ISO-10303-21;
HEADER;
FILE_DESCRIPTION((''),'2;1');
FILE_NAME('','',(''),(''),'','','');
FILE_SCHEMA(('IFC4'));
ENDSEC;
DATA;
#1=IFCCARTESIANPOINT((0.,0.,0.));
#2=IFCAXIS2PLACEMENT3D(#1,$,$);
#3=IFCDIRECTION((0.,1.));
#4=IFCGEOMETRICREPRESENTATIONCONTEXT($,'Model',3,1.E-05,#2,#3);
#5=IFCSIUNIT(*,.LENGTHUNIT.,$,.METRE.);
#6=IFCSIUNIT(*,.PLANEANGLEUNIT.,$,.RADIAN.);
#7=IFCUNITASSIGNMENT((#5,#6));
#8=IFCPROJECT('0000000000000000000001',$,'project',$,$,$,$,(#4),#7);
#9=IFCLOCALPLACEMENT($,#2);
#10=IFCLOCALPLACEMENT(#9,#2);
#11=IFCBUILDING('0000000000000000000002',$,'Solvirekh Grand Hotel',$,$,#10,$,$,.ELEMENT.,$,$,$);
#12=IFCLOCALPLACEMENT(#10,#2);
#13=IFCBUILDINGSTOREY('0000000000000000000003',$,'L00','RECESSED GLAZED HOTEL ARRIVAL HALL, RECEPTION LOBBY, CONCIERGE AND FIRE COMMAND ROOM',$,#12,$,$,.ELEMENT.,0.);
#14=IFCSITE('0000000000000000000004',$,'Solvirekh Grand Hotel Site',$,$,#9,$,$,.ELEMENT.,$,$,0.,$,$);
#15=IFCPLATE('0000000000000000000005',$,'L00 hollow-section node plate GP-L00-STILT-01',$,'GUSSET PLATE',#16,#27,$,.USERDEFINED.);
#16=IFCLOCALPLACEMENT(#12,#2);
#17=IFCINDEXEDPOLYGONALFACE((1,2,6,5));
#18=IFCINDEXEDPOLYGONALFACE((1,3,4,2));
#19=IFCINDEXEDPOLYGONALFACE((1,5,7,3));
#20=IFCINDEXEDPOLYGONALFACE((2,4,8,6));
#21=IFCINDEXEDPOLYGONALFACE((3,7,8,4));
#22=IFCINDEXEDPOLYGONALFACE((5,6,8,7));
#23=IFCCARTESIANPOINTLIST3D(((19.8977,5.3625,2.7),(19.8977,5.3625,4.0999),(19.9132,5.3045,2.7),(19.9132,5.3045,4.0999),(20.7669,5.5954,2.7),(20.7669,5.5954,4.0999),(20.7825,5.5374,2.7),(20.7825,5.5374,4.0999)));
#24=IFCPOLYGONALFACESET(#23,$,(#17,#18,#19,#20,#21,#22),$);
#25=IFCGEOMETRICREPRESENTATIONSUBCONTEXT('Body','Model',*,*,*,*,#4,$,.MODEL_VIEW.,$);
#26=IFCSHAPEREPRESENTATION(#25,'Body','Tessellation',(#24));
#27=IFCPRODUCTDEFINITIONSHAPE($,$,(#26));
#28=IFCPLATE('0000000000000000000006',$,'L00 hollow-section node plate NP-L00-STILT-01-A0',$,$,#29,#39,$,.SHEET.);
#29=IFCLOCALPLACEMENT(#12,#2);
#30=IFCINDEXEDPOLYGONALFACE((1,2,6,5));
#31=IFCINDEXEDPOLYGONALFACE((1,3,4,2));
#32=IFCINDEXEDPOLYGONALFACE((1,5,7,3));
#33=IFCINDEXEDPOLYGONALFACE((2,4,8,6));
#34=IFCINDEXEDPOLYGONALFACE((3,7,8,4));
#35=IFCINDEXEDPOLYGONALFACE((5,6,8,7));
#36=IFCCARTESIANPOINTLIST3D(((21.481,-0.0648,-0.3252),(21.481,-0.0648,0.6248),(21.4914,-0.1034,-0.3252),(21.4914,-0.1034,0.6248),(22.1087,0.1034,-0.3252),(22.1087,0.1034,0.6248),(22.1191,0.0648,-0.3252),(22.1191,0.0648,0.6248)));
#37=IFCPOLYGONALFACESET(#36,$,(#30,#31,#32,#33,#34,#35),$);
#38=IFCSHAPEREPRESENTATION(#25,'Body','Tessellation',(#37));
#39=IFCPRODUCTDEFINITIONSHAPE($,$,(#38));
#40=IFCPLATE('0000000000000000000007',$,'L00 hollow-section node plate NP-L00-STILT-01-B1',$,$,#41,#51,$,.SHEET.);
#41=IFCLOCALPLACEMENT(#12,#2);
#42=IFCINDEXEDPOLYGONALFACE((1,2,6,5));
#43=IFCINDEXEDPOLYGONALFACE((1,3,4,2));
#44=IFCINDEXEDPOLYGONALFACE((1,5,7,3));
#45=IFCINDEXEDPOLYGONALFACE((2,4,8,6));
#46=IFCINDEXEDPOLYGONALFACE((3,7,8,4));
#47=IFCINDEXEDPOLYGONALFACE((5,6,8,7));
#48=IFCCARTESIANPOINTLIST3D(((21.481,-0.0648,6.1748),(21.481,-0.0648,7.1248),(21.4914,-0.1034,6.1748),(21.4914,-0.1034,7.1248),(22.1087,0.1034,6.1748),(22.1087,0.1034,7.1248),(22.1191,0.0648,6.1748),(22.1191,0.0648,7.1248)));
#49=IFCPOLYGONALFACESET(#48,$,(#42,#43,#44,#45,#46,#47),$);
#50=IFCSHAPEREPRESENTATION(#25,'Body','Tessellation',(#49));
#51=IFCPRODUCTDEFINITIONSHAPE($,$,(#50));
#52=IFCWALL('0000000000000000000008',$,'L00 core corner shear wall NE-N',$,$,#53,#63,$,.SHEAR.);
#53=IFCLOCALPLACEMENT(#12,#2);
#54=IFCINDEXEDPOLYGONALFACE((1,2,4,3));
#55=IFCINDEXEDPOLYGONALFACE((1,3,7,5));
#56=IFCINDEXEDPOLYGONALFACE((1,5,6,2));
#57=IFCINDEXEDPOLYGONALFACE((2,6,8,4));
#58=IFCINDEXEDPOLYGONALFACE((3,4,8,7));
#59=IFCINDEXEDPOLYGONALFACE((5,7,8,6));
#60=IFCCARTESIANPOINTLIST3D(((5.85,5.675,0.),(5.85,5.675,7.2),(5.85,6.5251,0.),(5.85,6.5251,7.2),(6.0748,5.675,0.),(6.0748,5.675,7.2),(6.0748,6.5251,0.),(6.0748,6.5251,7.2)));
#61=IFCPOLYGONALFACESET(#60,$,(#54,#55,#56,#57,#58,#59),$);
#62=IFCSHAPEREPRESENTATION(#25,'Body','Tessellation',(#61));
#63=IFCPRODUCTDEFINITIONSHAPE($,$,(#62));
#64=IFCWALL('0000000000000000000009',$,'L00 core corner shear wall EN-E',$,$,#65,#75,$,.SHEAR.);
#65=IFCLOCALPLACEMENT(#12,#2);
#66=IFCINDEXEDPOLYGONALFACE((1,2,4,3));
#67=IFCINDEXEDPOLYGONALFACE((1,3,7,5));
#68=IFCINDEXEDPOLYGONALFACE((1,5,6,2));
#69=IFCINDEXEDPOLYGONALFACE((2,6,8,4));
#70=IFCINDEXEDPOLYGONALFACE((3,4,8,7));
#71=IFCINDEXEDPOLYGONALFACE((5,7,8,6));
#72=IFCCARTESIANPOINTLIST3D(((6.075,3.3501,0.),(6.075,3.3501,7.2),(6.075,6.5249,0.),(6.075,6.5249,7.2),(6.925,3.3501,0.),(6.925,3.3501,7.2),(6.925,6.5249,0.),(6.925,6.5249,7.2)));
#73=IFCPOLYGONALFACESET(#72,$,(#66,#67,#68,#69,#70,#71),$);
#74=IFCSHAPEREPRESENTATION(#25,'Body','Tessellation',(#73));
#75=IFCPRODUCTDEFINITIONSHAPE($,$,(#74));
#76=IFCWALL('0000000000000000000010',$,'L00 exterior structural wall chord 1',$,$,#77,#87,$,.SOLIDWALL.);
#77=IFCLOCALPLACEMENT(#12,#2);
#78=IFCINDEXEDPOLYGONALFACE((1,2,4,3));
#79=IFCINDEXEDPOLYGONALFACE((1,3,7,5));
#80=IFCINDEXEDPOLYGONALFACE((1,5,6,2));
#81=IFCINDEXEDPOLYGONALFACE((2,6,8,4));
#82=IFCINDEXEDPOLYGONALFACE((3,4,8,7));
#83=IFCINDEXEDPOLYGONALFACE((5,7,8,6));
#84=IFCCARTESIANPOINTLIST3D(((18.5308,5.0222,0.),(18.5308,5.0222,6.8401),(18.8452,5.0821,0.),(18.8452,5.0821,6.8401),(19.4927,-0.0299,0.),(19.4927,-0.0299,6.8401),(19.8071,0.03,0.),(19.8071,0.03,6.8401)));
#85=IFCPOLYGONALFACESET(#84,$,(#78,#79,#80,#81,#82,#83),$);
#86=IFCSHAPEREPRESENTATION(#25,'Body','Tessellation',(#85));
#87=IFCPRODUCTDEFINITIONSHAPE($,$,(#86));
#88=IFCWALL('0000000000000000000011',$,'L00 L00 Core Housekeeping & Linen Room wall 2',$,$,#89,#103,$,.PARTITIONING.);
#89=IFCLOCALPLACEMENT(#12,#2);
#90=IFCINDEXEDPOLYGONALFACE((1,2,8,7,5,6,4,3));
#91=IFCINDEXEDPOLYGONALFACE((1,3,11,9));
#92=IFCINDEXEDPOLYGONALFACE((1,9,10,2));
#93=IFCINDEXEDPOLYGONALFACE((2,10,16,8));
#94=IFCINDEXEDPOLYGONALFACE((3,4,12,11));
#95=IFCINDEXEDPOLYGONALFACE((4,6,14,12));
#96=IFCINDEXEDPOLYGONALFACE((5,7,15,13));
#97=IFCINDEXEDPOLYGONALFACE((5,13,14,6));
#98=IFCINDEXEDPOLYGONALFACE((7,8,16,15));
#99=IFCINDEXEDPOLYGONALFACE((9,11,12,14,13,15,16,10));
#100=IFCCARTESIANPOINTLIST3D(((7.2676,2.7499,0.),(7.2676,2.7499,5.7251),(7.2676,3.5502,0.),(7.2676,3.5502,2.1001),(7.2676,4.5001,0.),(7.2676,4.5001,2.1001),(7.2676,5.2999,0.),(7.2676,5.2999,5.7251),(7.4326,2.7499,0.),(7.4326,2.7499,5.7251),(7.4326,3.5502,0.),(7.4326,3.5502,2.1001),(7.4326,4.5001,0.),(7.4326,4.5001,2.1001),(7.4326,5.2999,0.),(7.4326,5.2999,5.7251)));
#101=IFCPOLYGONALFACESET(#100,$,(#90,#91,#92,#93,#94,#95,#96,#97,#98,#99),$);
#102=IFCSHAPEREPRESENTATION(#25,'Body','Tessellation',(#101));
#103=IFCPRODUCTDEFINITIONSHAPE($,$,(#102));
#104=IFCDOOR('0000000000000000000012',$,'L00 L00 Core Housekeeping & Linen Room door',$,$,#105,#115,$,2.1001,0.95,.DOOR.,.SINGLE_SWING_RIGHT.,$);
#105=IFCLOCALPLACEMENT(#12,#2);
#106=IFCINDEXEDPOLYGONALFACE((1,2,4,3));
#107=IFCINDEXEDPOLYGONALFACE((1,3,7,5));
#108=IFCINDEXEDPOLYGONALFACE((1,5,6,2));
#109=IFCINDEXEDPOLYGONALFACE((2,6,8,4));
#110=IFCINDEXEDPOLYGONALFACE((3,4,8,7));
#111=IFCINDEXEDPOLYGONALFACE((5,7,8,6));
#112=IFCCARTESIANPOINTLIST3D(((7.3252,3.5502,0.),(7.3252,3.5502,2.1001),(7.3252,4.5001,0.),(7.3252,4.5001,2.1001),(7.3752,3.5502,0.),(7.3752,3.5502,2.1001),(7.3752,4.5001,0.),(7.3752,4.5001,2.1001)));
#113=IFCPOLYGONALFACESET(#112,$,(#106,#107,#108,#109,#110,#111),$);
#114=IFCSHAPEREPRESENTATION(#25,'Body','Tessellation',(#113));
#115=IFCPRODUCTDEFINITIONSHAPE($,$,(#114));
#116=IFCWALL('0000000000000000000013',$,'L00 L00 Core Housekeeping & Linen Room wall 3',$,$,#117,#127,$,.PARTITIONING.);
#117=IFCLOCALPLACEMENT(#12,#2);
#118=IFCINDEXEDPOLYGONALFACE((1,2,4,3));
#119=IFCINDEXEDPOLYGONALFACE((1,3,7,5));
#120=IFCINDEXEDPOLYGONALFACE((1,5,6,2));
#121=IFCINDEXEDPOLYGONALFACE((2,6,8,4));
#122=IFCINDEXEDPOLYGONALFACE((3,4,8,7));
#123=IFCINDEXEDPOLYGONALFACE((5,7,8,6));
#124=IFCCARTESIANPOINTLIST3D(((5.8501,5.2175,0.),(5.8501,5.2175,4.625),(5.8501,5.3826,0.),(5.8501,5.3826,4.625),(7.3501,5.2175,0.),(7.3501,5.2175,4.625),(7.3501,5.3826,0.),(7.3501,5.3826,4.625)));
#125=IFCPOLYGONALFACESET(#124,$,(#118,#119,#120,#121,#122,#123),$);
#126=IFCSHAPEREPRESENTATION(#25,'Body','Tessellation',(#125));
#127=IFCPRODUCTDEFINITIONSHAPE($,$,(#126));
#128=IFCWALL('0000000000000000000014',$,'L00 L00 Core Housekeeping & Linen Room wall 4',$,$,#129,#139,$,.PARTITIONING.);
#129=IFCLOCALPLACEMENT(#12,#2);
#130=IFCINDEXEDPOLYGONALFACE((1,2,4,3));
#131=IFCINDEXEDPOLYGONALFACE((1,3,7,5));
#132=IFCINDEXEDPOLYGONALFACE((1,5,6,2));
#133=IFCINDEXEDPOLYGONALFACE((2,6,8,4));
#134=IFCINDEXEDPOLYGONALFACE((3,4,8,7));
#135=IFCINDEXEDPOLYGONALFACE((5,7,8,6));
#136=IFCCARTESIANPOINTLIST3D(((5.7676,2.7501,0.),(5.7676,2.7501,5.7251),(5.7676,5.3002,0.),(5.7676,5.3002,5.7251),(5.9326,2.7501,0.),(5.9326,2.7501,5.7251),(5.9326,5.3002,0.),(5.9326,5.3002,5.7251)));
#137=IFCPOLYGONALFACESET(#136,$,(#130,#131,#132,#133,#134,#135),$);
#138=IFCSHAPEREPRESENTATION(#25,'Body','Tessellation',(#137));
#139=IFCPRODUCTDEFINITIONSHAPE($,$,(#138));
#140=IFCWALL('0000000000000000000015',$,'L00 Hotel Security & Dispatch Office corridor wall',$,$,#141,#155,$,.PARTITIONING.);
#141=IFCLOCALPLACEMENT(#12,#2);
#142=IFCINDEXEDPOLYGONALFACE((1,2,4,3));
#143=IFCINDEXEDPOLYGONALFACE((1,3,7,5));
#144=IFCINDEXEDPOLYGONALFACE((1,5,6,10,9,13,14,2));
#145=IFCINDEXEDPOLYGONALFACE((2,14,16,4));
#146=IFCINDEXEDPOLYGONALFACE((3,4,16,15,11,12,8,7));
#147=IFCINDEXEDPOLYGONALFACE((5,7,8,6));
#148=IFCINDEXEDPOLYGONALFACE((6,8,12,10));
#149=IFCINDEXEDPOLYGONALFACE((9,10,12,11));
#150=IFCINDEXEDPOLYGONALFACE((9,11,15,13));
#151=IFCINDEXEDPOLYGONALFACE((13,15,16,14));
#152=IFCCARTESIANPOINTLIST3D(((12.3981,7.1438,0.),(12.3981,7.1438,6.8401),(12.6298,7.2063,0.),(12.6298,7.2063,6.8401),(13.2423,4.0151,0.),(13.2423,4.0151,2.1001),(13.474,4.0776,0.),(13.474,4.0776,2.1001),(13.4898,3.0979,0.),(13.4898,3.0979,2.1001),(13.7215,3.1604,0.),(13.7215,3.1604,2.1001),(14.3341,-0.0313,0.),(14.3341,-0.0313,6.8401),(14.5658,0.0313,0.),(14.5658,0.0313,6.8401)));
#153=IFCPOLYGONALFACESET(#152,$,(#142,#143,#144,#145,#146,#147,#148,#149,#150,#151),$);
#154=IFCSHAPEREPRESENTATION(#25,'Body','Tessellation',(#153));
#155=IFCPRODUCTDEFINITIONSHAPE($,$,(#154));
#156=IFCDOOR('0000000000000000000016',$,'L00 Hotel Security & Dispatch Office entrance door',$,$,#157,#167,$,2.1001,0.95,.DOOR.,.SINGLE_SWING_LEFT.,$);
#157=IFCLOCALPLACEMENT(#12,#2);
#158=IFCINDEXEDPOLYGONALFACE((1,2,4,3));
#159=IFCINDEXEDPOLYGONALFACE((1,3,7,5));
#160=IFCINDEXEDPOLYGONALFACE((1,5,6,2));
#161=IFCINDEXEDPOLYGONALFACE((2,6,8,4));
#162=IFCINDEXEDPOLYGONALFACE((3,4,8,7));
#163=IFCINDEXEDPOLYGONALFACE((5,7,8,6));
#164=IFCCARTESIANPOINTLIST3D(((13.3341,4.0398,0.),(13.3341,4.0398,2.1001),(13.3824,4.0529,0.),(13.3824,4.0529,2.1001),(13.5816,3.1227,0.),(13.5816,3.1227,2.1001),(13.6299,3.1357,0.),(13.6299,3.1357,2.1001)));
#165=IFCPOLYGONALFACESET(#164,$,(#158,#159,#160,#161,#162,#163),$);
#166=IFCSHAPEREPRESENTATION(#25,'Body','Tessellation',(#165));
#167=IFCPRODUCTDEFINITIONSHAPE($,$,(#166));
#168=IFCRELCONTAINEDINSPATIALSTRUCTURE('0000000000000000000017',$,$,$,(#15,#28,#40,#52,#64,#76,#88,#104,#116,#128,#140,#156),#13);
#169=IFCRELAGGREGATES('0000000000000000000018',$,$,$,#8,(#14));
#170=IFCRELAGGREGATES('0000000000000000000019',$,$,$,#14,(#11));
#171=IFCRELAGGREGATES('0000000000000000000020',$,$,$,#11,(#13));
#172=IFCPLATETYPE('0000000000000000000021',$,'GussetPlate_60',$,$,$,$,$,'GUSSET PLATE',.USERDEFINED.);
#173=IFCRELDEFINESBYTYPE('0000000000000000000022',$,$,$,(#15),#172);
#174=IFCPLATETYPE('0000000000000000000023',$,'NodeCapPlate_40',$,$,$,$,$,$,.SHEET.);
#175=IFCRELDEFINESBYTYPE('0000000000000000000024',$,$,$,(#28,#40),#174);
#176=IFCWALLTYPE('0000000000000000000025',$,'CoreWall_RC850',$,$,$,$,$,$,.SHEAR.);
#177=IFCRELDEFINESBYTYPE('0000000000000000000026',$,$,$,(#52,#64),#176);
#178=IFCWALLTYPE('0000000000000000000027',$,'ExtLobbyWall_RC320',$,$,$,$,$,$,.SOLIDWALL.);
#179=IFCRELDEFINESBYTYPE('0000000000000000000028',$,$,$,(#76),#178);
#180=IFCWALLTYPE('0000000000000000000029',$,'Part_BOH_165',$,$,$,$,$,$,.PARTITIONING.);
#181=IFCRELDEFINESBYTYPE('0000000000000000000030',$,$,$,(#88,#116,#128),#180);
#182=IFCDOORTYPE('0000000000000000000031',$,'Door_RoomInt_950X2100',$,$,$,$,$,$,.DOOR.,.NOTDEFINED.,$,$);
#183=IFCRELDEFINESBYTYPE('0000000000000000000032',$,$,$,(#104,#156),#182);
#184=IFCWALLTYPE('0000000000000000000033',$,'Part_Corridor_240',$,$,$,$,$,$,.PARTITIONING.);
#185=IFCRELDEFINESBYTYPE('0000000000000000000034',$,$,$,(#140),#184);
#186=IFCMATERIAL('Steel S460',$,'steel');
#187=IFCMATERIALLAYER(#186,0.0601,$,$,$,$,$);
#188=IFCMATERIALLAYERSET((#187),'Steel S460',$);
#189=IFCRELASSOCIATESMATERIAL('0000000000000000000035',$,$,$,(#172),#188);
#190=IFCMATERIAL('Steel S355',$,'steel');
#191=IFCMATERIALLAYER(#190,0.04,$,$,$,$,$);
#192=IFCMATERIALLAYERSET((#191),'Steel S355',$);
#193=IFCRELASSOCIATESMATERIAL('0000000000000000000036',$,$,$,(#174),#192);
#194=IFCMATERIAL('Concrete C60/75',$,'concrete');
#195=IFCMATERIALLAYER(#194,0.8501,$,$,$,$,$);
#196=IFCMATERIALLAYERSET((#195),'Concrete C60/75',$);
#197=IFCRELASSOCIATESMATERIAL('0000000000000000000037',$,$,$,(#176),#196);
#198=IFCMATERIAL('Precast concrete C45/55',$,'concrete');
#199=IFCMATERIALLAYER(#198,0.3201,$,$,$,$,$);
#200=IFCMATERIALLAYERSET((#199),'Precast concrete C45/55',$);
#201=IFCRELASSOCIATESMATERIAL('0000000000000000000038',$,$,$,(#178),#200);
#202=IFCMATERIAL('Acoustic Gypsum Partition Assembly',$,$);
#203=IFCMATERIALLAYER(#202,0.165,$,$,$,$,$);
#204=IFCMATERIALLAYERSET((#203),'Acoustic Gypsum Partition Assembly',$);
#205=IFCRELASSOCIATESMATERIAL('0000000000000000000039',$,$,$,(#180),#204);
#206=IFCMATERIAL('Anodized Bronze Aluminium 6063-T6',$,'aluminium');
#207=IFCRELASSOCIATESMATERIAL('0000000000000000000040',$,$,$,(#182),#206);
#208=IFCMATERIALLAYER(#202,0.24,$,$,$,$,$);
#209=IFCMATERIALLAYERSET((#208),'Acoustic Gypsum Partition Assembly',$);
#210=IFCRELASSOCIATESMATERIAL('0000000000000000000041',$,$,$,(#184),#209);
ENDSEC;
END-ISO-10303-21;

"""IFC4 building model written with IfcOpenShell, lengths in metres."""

from ifc_helpers import new_model, si_unit, direction, frame, frame_2d, origin, origin_2d, place, context, subcontext, project, spatial, rectangle, extrude, material, layer, layer_set, type_object, element, fill, save


model = new_model("IFC4")

# Units and contexts
model_context = context("Model", 3, precision=1e-05, world=origin(), true_north=direction((0.0, 1.0)))
body_context = subcontext(model_context, "Body", "Model", "MODEL_VIEW")
ifc_project = project(units=[si_unit("LENGTHUNIT", "METRE"), si_unit("PLANEANGLEUNIT", "RADIAN")], contexts=[model_context])

# Site, building, storey
site_placement = place(None, origin())
site = spatial("IfcSite", under=ifc_project, at=site_placement, Name="Solvirekh Grand Hotel Site", CompositionType="ELEMENT", RefElevation=0.0)
building_placement = place(site_placement, origin())
building = spatial("IfcBuilding", under=site, at=building_placement, Name="Solvirekh Grand Hotel", CompositionType="ELEMENT")
storey_placement = place(building_placement, origin())
storey = spatial("IfcBuildingStorey", under=building, at=storey_placement, Name="L00", Description="RECESSED GLAZED HOTEL ARRIVAL HALL, RECEPTION LOBBY, CONCIERGE AND FIRE COMMAND ROOM", CompositionType="ELEMENT", Elevation=0.0)

# Shared definitions
ifc_material_1 = material(Name="Concrete C60/75", Category="concrete")

# Shared definitions
ifc_material_2 = material(Name="Steel S460", Category="steel")

# Shared definitions
ifc_material_3 = material(Name="Steel S355", Category="steel")

# Plates
ifc_layer_1 = layer(ifc_material_2, 0.0601)
ifc_layer_set_1 = layer_set([ifc_layer_1], Name="Steel S460")
plate_type_1 = type_object("IfcPlateType", Name="GussetPlate_60", ElementType="GUSSET PLATE", PredefinedType="USERDEFINED", material=ifc_layer_set_1)
plate_placement = place(storey_placement, frame((20.3401, 5.45, 2.7), z_axis=(0.0, 0.0, 1.0), x_axis=(-0.258819, 0.965926, 0.0)))
element("IfcPlate", 1, at=plate_placement, inside=storey, type_object=plate_type_1, Name="L00 hollow-section node plate GP-L00-STILT-01", ObjectType="GUSSET PLATE", PredefinedType="USERDEFINED", context=body_context, shape_type="SweptSolid", body=[
    extrude(rectangle(XDim=0.0601, YDim=0.8999, at=origin_2d()), origin(), (0.0, 0.0, 1.0), 1.3999),
])
ifc_layer_2 = layer(ifc_material_3, 0.04)
ifc_layer_set_2 = layer_set([ifc_layer_2], Name="Steel S355")
plate_type_2 = type_object("IfcPlateType", Name="NodeCapPlate_40", PredefinedType="SHEET", material=ifc_layer_set_2)
for number, where, z_axis, x_axis, name in (
    (2, (21.8, 0.0, -0.3252), (0.0, 0.0, 1.0), (-0.258819, 0.965926, 0.0), "L00 hollow-section node plate NP-L00-STILT-01-A0"),
    (3, (21.8, 0.0, 6.1748), (0.0, 0.0, 1.0), (-0.258819, 0.965926, 0.0), "L00 hollow-section node plate NP-L00-STILT-01-B1"),
):
    element("IfcPlate", number, at=place(storey_placement, frame(where, z_axis=z_axis, x_axis=x_axis)), inside=storey, type_object=plate_type_2, Name=name, PredefinedType="SHEET", context=body_context, shape_type="SweptSolid", body=[
        extrude(rectangle(XDim=0.04, YDim=0.6499, at=origin_2d()), origin(), (0.0, 0.0, 1.0), 0.95),
    ])

# Walls
ifc_layer_3 = layer(ifc_material_1, 0.8501)
ifc_layer_set_3 = layer_set([ifc_layer_3], Name="Concrete C60/75")
wall_type_1 = type_object("IfcWallType", Name="CoreWall_RC850", PredefinedType="SHEAR", material=ifc_layer_set_3)
wall_1_placement = place(storey_placement, frame((5.8501, 6.1001, 0.0), z_axis=(0.0, 0.0, 1.0), x_axis=(1.0, 0.0, 0.0)))
element("IfcWall", 4, at=wall_1_placement, inside=storey, type_object=wall_type_1, Name="L00 core corner shear wall NE-N", PredefinedType="SHEAR", context=body_context, shape_type="SweptSolid", body=[
    extrude(rectangle(XDim=0.2249, YDim=0.8501, at=frame_2d((0.1123, 0.0))), origin(), (0.0, 0.0, 1.0), 7.2),
])
wall_2_placement = place(storey_placement, frame((6.5, 3.3501, 0.0), z_axis=(0.0, 0.0, 1.0), x_axis=(0.0, 1.0, 0.0)))
element("IfcWall", 5, at=wall_2_placement, inside=storey, type_object=wall_type_1, Name="L00 core corner shear wall EN-E", PredefinedType="SHEAR", context=body_context, shape_type="SweptSolid", body=[
    extrude(rectangle(XDim=3.1748, YDim=0.8501, at=frame_2d((1.5874, 0.0))), origin(), (0.0, 0.0, 1.0), 7.2),
])
ifc_material_4 = material(Name="Precast concrete C45/55", Category="concrete")
ifc_layer_4 = layer(ifc_material_4, 0.3201)
ifc_layer_set_4 = layer_set([ifc_layer_4], Name="Precast concrete C45/55")
wall_type_2 = type_object("IfcWallType", Name="ExtLobbyWall_RC320", PredefinedType="SOLIDWALL", material=ifc_layer_set_4)
wall_3_placement = place(storey_placement, frame((18.688, 5.052, 0.0), z_axis=(0.0, 0.0, 1.0), x_axis=(0.187042, -0.982352, 0.0)))
element("IfcWall", 6, at=wall_3_placement, inside=storey, type_object=wall_type_2, Name="L00 exterior structural wall chord 1", PredefinedType="SOLIDWALL", context=body_context, shape_type="SweptSolid", body=[
    extrude(rectangle(XDim=5.1428, YDim=0.3201, at=frame_2d((2.5713, 0.0))), origin(), (0.0, 0.0, 1.0), 6.8401),
])

# Wall, opening, door
ifc_material_5 = material(Name="Anodized Bronze Aluminium 6063-T6", Category="aluminium")
ifc_material_6 = material(Name="Acoustic Gypsum Partition Assembly")
ifc_layer_5 = layer(ifc_material_6, 0.165)
ifc_layer_set_5 = layer_set([ifc_layer_5], Name="Acoustic Gypsum Partition Assembly")
wall_type_3 = type_object("IfcWallType", Name="Part_BOH_165", PredefinedType="PARTITIONING", material=ifc_layer_set_5)
wall_4_placement = place(storey_placement, frame((7.3501, 2.75, 0.0), z_axis=(0.0, 0.0, 1.0), x_axis=(0.0, 1.0, 0.0)))
wall_4 = element("IfcWall", 7, at=wall_4_placement, inside=storey, type_object=wall_type_3, Name="L00 L00 Core Housekeeping & Linen Room wall 2", PredefinedType="PARTITIONING", context=body_context, shape_type="SweptSolid", body=[
    extrude(rectangle(XDim=2.55, YDim=0.165, at=frame_2d((1.2749, 0.0))), origin(), (0.0, 0.0, 1.0), 5.7251),
])
opening_1_placement = place(wall_4_placement, frame((0.8, 0.0, 0.0)))
opening_1 = element("IfcOpeningElement", 8, at=opening_1_placement, cuts=wall_4, PredefinedType="OPENING", context=body_context, shape_type="SweptSolid", body=[
    extrude(rectangle(XDim=0.95, YDim=2.1001, at=frame_2d((0.4751, 1.05))), frame((0.0, 0.0925, 0.0), z_axis=(0.0, -1.0, 0.0), x_axis=(1.0, 0.0, 0.0)), (0.0, 0.0, 1.0), 0.1851),
])
door_type_1 = type_object("IfcDoorType", Name="Door_RoomInt_950X2100", OperationType="NOTDEFINED", PredefinedType="DOOR", material=ifc_material_5)
door_1_placement = place(opening_1_placement, origin())
door_1 = element("IfcDoor", 9, at=door_1_placement, inside=storey, type_object=door_type_1, Name="L00 L00 Core Housekeeping & Linen Room door", OperationType="SINGLE_SWING_RIGHT", OverallHeight=2.1001, OverallWidth=0.95, PredefinedType="DOOR", context=body_context, shape_type="SweptSolid", body=[
    extrude(rectangle(XDim=0.95, YDim=2.1001, at=frame_2d((0.4751, 1.05))), frame((0.0, 0.0249, 0.0), z_axis=(0.0, -1.0, 0.0), x_axis=(1.0, 0.0, 0.0)), (0.0, 0.0, 1.0), 0.05),
])
fill(opening_1, door_1)

# Walls
wall_5_placement = place(storey_placement, frame((7.3501, 5.3, 0.0), z_axis=(0.0, 0.0, 1.0), x_axis=(-1.0, 0.0, 0.0)))
element("IfcWall", 10, at=wall_5_placement, inside=storey, type_object=wall_type_3, Name="L00 L00 Core Housekeeping & Linen Room wall 3", PredefinedType="PARTITIONING", context=body_context, shape_type="SweptSolid", body=[
    extrude(rectangle(XDim=1.5, YDim=0.165, at=frame_2d((0.75, 0.0))), origin(), (0.0, 0.0, 1.0), 4.625),
])
wall_6_placement = place(storey_placement, frame((5.8501, 5.3, 0.0), z_axis=(0.0, 0.0, 1.0), x_axis=(0.0, -1.0, 0.0)))
element("IfcWall", 11, at=wall_6_placement, inside=storey, type_object=wall_type_3, Name="L00 L00 Core Housekeeping & Linen Room wall 4", PredefinedType="PARTITIONING", context=body_context, shape_type="SweptSolid", body=[
    extrude(rectangle(XDim=2.55, YDim=0.165, at=frame_2d((1.2749, 0.0))), origin(), (0.0, 0.0, 1.0), 5.7251),
])

# Wall, opening, door
ifc_layer_6 = layer(ifc_material_6, 0.24)
ifc_layer_set_6 = layer_set([ifc_layer_6], Name="Acoustic Gypsum Partition Assembly")
wall_type_4 = type_object("IfcWallType", Name="Part_Corridor_240", PredefinedType="PARTITIONING", material=ifc_layer_set_6)
wall_7_placement = place(storey_placement, frame((14.45, 0.0, 0.0), z_axis=(0.0, 0.0, 1.0), x_axis=(-0.260512, 0.965471, 0.0)))
wall_7 = element("IfcWall", 12, at=wall_7_placement, inside=storey, type_object=wall_type_4, Name="L00 Hotel Security & Dispatch Office corridor wall", PredefinedType="PARTITIONING", context=body_context, shape_type="SweptSolid", body=[
    extrude(rectangle(XDim=7.4316, YDim=0.24, at=frame_2d((3.7158, 0.0))), origin(), (0.0, 0.0, 1.0), 6.8401),
])
opening_2_placement = place(wall_7_placement, frame((3.241, 0.0, 0.0)))
opening_2 = element("IfcOpeningElement", 13, at=opening_2_placement, cuts=wall_7, PredefinedType="OPENING", context=body_context, shape_type="SweptSolid", body=[
    extrude(rectangle(XDim=0.95, YDim=2.1001, at=frame_2d((0.4751, 1.05))), frame((0.0, 0.1299, 0.0), z_axis=(0.0, -1.0, 0.0), x_axis=(1.0, 0.0, 0.0)), (0.0, 0.0, 1.0), 0.26),
])
door_2_placement = place(opening_2_placement, origin())
door_2 = element("IfcDoor", 14, at=door_2_placement, inside=storey, type_object=door_type_1, Name="L00 Hotel Security & Dispatch Office entrance door", OperationType="SINGLE_SWING_LEFT", OverallHeight=2.1001, OverallWidth=0.95, PredefinedType="DOOR", context=body_context, shape_type="SweptSolid", body=[
    extrude(rectangle(XDim=0.95, YDim=2.1001, at=frame_2d((0.4751, 1.05))), frame((0.0, 0.0249, 0.0), z_axis=(0.0, -1.0, 0.0), x_axis=(1.0, 0.0, 0.0)), (0.0, 0.0, 1.0), 0.05),
])
fill(opening_2, door_2)

save(model, "model.ifc")
